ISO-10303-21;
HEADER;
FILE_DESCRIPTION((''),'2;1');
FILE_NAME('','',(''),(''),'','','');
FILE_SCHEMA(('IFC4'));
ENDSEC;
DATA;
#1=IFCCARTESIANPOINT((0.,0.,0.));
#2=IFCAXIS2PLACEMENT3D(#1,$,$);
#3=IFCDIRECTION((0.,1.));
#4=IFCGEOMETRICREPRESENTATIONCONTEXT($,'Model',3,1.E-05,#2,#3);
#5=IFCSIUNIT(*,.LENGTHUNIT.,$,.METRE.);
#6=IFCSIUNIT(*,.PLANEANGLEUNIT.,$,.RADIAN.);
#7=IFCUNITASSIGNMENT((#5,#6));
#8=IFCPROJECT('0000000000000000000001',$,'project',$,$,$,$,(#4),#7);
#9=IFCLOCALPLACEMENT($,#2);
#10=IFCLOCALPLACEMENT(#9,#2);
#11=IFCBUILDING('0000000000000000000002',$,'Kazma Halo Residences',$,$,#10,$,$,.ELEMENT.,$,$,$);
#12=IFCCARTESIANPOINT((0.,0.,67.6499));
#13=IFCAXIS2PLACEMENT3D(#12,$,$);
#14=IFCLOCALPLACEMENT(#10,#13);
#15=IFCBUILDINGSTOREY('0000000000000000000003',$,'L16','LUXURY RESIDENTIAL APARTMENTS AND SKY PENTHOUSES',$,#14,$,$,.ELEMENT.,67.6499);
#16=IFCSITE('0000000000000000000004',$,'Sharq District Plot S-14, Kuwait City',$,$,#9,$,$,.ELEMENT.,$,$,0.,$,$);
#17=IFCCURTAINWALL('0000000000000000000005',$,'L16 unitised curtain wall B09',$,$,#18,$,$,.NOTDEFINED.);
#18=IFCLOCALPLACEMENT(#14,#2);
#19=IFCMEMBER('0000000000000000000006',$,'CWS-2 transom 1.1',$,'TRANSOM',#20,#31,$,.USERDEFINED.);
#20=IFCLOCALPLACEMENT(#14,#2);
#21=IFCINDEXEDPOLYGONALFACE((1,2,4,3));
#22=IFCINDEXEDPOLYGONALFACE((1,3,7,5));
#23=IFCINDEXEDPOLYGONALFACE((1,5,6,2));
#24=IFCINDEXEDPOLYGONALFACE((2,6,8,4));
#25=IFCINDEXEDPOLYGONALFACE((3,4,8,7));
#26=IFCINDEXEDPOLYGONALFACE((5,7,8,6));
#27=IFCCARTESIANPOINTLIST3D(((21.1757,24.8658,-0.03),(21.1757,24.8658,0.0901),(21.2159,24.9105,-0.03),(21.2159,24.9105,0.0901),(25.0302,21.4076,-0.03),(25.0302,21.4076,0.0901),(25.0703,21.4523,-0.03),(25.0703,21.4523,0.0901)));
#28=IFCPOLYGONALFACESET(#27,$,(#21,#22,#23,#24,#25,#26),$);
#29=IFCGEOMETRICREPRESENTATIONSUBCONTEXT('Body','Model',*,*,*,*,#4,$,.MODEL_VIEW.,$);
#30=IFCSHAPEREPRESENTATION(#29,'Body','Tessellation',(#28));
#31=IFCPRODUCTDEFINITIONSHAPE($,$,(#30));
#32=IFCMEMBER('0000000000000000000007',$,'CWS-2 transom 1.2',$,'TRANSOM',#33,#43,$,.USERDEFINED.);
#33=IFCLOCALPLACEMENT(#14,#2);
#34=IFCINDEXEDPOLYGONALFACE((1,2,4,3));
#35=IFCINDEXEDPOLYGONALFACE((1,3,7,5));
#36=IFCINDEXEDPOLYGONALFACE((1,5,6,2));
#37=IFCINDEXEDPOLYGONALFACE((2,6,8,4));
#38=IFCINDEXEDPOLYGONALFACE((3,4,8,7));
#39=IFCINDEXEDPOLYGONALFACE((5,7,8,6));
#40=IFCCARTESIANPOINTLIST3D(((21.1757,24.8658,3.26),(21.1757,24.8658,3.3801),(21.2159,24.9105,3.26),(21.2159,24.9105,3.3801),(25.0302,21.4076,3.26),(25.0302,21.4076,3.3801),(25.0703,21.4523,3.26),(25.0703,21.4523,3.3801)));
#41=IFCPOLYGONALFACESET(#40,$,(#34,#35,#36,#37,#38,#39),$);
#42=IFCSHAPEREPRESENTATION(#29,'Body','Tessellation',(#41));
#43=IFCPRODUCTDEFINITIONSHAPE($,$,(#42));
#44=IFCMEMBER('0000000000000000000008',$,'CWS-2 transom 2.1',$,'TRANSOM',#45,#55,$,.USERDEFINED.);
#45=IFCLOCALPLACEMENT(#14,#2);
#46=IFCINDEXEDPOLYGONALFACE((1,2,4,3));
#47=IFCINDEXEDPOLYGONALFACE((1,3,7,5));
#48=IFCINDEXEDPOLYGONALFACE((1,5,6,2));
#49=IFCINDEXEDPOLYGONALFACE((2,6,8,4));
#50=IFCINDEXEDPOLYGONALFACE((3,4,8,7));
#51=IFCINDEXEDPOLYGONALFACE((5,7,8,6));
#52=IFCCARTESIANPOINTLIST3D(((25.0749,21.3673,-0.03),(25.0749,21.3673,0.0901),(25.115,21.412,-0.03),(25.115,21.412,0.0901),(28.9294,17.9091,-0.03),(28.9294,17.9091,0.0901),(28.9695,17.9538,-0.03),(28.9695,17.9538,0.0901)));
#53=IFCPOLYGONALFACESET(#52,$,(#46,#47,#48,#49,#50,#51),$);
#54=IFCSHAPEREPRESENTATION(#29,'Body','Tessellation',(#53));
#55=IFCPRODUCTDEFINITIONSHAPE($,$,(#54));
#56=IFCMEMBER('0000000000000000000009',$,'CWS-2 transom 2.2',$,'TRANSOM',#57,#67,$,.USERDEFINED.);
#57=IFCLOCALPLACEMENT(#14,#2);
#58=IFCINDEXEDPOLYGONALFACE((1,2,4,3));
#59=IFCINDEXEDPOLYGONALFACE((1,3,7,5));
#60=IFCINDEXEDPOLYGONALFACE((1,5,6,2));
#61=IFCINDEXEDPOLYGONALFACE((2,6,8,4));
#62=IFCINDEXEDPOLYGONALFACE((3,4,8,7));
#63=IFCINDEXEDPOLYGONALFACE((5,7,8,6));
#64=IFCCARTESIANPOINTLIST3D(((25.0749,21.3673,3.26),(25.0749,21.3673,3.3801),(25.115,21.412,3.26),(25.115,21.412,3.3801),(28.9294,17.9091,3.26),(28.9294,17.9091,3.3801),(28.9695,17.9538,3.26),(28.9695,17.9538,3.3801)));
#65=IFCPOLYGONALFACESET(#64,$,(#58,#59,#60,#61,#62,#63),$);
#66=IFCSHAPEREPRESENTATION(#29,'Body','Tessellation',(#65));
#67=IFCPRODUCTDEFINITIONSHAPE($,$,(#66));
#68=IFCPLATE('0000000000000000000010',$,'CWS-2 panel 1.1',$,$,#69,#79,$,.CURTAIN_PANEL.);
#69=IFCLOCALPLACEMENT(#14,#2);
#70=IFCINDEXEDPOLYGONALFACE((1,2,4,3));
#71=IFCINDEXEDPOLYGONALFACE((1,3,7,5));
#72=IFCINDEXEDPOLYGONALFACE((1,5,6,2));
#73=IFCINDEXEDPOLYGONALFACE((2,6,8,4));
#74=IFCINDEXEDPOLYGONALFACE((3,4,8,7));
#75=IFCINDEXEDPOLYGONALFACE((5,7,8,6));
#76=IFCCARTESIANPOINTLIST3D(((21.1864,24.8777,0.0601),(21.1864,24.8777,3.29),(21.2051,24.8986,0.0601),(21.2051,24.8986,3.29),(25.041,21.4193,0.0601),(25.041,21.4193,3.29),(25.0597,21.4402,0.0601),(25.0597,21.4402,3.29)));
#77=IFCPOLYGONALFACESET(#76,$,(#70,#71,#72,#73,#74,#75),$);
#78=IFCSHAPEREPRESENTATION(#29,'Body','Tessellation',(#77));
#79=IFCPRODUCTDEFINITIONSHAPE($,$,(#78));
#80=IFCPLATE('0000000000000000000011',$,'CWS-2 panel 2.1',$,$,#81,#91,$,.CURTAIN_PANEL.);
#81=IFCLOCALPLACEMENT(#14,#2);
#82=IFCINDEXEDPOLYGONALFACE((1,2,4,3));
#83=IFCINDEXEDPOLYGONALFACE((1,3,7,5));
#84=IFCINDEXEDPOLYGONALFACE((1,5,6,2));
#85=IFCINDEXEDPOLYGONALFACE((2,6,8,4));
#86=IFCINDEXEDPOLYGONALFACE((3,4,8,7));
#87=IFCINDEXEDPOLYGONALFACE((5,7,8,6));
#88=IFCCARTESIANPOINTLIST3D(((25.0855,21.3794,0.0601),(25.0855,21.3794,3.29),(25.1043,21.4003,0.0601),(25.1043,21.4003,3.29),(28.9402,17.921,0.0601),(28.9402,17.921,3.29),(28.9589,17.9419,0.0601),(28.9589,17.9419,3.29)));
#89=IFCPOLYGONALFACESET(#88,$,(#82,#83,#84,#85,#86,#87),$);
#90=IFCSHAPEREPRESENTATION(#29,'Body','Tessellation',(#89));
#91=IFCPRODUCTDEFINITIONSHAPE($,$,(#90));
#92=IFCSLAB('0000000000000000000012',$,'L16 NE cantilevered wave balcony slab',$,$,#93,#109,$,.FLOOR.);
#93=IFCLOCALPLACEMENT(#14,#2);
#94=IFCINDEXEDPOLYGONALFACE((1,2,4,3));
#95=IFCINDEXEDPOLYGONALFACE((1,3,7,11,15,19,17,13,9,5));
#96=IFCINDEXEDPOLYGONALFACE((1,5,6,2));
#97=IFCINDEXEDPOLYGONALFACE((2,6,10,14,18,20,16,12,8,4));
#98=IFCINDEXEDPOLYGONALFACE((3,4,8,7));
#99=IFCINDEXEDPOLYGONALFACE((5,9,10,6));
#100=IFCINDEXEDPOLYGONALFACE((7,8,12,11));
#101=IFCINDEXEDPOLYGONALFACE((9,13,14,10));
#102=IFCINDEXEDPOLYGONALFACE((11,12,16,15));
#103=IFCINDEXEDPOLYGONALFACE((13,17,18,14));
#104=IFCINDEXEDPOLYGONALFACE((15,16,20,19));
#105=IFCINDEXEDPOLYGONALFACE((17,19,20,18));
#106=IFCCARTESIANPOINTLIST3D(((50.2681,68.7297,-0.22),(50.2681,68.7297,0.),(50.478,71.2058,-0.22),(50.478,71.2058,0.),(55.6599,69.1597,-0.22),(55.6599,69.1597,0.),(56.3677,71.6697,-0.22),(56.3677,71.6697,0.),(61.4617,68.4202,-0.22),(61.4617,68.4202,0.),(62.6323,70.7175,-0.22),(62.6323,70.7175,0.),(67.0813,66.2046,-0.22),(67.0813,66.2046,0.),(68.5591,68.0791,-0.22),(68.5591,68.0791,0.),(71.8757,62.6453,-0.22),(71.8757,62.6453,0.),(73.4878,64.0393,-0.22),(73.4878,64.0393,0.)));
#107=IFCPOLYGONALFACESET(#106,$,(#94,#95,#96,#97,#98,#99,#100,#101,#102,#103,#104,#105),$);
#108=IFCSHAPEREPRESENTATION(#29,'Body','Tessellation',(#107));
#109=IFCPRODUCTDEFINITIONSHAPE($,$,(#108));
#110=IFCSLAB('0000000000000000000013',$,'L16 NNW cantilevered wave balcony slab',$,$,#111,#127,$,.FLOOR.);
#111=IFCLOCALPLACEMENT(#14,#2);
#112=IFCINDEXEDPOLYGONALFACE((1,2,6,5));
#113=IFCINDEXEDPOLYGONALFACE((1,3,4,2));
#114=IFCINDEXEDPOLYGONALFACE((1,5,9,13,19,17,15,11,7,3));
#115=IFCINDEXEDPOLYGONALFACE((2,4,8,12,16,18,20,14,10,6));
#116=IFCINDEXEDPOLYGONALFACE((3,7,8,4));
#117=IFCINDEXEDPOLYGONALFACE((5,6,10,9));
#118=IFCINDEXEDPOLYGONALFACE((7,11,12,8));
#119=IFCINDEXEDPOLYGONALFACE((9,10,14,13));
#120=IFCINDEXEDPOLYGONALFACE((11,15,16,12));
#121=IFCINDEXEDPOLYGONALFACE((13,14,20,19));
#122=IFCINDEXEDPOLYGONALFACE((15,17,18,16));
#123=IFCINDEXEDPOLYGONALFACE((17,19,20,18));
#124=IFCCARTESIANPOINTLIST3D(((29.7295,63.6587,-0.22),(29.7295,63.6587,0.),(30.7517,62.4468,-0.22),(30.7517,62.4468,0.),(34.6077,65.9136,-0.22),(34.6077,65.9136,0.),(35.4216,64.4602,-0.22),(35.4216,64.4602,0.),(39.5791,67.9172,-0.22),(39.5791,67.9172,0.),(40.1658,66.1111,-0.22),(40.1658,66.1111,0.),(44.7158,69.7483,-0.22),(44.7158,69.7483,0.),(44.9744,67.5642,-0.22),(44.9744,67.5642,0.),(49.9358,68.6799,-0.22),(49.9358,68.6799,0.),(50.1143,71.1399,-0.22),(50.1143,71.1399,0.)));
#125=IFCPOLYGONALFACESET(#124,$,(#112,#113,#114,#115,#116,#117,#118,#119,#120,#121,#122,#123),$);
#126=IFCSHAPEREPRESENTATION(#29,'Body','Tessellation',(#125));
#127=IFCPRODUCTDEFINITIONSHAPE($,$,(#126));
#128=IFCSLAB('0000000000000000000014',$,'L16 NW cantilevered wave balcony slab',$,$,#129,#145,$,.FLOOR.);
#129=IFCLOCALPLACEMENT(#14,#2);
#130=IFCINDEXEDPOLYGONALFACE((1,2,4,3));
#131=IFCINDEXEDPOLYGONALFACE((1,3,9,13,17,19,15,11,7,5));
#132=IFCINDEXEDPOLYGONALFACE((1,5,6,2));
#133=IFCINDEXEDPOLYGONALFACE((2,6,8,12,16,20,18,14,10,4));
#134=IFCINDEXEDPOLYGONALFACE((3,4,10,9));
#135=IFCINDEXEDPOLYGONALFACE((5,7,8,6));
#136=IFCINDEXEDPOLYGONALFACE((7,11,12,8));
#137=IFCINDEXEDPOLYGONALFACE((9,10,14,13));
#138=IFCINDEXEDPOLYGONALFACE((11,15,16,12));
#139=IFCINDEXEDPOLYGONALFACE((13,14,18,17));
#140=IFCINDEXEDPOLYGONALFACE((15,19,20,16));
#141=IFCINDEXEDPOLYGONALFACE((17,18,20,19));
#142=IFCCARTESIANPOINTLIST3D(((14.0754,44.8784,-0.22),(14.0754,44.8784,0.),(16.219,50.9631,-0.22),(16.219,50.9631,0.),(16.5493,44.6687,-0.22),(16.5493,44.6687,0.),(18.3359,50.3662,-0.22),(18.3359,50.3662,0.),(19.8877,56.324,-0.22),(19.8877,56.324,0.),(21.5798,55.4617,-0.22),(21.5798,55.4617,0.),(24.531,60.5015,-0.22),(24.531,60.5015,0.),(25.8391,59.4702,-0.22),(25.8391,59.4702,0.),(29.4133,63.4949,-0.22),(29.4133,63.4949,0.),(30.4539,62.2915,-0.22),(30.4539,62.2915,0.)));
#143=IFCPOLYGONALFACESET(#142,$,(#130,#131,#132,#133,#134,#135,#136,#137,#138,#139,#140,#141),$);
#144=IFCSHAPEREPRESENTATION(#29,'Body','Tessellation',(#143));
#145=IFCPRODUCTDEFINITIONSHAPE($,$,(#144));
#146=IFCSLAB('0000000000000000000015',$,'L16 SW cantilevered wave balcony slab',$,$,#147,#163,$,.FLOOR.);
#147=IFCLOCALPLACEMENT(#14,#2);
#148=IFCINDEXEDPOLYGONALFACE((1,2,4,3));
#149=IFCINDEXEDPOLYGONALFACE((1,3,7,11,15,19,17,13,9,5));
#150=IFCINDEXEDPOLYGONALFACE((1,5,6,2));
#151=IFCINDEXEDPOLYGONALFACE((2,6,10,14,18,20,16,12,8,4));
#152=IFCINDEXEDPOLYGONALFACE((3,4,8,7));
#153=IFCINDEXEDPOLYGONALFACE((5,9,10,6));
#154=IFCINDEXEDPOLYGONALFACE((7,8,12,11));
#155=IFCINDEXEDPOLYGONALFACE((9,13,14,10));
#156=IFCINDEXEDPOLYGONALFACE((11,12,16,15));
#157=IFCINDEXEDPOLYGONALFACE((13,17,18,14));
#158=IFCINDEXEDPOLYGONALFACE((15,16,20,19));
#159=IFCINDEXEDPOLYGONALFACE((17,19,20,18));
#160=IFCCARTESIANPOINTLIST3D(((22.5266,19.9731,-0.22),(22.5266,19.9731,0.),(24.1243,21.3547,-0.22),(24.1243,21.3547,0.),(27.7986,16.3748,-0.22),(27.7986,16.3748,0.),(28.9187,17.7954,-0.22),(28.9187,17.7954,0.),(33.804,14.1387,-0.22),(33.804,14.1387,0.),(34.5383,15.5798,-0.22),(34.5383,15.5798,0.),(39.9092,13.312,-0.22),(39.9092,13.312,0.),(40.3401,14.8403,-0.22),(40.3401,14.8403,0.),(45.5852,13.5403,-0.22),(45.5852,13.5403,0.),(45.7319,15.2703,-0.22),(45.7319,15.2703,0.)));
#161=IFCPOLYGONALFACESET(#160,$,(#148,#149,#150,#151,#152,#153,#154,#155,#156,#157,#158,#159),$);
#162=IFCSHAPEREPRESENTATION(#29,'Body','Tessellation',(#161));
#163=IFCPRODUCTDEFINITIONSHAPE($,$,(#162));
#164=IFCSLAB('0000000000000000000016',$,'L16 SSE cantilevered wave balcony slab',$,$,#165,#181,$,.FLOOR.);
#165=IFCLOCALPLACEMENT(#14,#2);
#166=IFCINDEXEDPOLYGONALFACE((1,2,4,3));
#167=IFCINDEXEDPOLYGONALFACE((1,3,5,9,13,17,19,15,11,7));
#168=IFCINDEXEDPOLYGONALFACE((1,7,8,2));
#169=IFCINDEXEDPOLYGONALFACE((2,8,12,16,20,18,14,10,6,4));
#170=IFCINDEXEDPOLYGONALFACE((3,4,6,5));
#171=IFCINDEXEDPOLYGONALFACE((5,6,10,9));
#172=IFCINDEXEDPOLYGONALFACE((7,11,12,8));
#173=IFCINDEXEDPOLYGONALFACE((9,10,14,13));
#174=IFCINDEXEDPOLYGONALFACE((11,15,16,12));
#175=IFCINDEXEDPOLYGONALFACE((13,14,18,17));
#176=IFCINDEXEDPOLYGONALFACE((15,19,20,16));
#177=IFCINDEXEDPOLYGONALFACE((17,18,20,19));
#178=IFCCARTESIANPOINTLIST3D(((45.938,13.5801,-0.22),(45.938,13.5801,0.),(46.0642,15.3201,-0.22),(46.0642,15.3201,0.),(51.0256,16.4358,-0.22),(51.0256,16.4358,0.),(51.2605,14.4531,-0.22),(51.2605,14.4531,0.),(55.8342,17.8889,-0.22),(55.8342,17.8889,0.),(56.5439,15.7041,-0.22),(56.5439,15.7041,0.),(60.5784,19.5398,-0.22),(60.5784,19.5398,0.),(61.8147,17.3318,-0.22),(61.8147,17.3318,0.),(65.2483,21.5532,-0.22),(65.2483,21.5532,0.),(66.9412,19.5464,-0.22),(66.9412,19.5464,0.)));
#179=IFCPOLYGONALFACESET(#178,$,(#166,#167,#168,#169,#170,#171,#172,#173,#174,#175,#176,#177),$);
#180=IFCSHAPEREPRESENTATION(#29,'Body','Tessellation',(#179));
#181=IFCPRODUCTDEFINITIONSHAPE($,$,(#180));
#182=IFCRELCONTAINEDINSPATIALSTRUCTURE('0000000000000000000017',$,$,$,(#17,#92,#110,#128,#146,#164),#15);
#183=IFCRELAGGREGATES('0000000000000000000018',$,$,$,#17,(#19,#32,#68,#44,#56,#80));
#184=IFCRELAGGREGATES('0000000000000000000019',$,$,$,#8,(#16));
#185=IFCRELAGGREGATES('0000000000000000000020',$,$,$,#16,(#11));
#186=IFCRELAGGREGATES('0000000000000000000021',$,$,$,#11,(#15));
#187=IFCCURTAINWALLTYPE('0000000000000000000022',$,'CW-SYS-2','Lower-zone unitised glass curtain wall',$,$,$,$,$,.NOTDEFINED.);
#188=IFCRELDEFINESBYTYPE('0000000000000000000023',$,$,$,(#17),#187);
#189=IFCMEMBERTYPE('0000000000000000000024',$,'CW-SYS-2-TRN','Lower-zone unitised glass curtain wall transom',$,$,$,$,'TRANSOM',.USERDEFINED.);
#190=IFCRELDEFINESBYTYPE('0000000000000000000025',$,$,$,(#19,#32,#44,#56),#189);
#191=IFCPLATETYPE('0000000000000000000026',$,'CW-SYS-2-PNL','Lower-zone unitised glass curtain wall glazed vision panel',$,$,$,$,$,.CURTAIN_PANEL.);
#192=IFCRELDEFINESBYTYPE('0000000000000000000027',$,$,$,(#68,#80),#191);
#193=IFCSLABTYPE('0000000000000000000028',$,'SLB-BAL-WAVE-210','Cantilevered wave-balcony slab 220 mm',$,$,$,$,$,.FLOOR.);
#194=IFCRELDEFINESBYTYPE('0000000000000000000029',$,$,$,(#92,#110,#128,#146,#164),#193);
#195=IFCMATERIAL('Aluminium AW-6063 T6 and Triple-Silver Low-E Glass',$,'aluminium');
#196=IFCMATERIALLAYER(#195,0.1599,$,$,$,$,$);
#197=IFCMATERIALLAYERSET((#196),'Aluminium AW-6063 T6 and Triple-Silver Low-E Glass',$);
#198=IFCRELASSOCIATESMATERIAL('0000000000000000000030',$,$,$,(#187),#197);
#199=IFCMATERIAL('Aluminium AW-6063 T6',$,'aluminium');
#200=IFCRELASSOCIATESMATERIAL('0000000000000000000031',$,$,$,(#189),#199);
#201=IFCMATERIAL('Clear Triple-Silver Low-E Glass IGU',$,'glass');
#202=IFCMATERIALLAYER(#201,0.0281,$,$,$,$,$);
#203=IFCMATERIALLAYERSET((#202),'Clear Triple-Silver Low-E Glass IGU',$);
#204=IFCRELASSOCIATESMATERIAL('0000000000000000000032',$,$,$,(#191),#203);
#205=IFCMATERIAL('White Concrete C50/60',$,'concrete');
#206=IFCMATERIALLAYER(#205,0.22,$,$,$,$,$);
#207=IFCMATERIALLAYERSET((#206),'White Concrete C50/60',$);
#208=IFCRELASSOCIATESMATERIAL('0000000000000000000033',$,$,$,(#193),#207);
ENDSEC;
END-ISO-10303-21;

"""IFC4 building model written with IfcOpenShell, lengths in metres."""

from ifc_helpers import new_model, si_unit, direction, frame, origin, origin_2d, place, context, subcontext, project, spatial, polyline, rectangle, outline, extrude, material, layer, layer_set, material_profile, profile_set, type_object, element, aggregate, save


model = new_model("IFC4")

# Units and contexts
model_context = context("Model", 3, precision=1e-05, world=origin(), true_north=direction((0.0, 1.0)))
body_context = subcontext(model_context, "Body", "Model", "MODEL_VIEW")
ifc_project = project(units=[si_unit("LENGTHUNIT", "METRE"), si_unit("PLANEANGLEUNIT", "RADIAN")], contexts=[model_context])

# Site, building, storey
site_placement = place(None, origin())
site = spatial("IfcSite", under=ifc_project, at=site_placement, Name="Sharq District Plot S-14, Kuwait City", CompositionType="ELEMENT", RefElevation=0.0)
building_placement = place(site_placement, origin())
building = spatial("IfcBuilding", under=site, at=building_placement, Name="Kazma Halo Residences", CompositionType="ELEMENT")
storey_placement = place(building_placement, frame((0.0, 0.0, 67.6499)))
storey = spatial("IfcBuildingStorey", under=building, at=storey_placement, Name="L16", Description="LUXURY RESIDENTIAL APARTMENTS AND SKY PENTHOUSES", CompositionType="ELEMENT", Elevation=67.6499)

# Curtain wall, members, plates
ifc_material_1 = material(Name="Aluminium AW-6063 T6 and Triple-Silver Low-E Glass", Category="aluminium")
ifc_layer_1 = layer(ifc_material_1, 0.1599)
ifc_layer_set_1 = layer_set([ifc_layer_1], Name="Aluminium AW-6063 T6 and Triple-Silver Low-E Glass")
curtain_wall_type = type_object("IfcCurtainWallType", Name="CW-SYS-2", Description="Lower-zone unitised glass curtain wall", PredefinedType="NOTDEFINED", material=ifc_layer_set_1)
curtain_wall_placement = place(storey_placement, origin())
curtain_wall = element("IfcCurtainWall", 1, at=curtain_wall_placement, inside=storey, type_object=curtain_wall_type, Name="L16 unitised curtain wall B09", PredefinedType="NOTDEFINED")
ifc_material_2 = material(Name="Aluminium AW-6063 T6", Category="aluminium")
ifc_material_profile_1 = material_profile(ifc_material_2, rectangle(XDim=0.0601, YDim=0.1201, at=origin_2d()), Name="CWT-60x120")
ifc_profile_set_1 = profile_set([ifc_material_profile_1], Name="Aluminium AW-6063 T6")
member_type_1 = type_object("IfcMemberType", Name="CW-SYS-2-TRN", Description="Lower-zone unitised glass curtain wall transom", ElementType="TRANSOM", PredefinedType="USERDEFINED", material=ifc_profile_set_1)
member_1_placement = place(storey_placement, frame((21.1958, 24.8882, 0.03), z_axis=(0.744329, -0.667813, 0.0), x_axis=(0.667813, 0.744329, 0.0)))
member_1 = element("IfcMember", 2, at=member_1_placement, type_object=member_type_1, Name="CWS-2 transom 1.1", ObjectType="TRANSOM", PredefinedType="USERDEFINED", context=body_context, shape_type="SweptSolid", body=[
    extrude(rectangle(XDim=0.0601, YDim=0.1201, at=origin_2d()), origin(), (0.0, 0.0, 1.0), 5.1785),
])
member_2_placement = place(storey_placement, frame((21.1958, 24.8882, 3.3201), z_axis=(0.744329, -0.667813, 0.0), x_axis=(0.667813, 0.744329, 0.0)))
member_2 = element("IfcMember", 3, at=member_2_placement, type_object=member_type_1, Name="CWS-2 transom 1.2", ObjectType="TRANSOM", PredefinedType="USERDEFINED", context=body_context, shape_type="SweptSolid", body=[
    extrude(rectangle(XDim=0.0601, YDim=0.1201, at=origin_2d()), origin(), (0.0, 0.0, 1.0), 5.1785),
])
member_3_placement = place(storey_placement, frame((25.095, 21.3896, 0.03), z_axis=(0.744329, -0.667813, 0.0), x_axis=(0.667813, 0.744329, 0.0)))
member_3 = element("IfcMember", 4, at=member_3_placement, type_object=member_type_1, Name="CWS-2 transom 2.1", ObjectType="TRANSOM", PredefinedType="USERDEFINED", context=body_context, shape_type="SweptSolid", body=[
    extrude(rectangle(XDim=0.0601, YDim=0.1201, at=origin_2d()), origin(), (0.0, 0.0, 1.0), 5.1785),
])
member_4_placement = place(storey_placement, frame((25.095, 21.3896, 3.3201), z_axis=(0.744329, -0.667813, 0.0), x_axis=(0.667813, 0.744329, 0.0)))
member_4 = element("IfcMember", 5, at=member_4_placement, type_object=member_type_1, Name="CWS-2 transom 2.2", ObjectType="TRANSOM", PredefinedType="USERDEFINED", context=body_context, shape_type="SweptSolid", body=[
    extrude(rectangle(XDim=0.0601, YDim=0.1201, at=origin_2d()), origin(), (0.0, 0.0, 1.0), 5.1785),
])
ifc_material_3 = material(Name="Clear Triple-Silver Low-E Glass IGU", Category="glass")
ifc_layer_2 = layer(ifc_material_3, 0.0281)
ifc_layer_set_2 = layer_set([ifc_layer_2], Name="Clear Triple-Silver Low-E Glass IGU")
plate_type = type_object("IfcPlateType", Name="CW-SYS-2-PNL", Description="Lower-zone unitised glass curtain wall glazed vision panel", PredefinedType="CURTAIN_PANEL", material=ifc_layer_set_2)
plate_1_placement = place(storey_placement, frame((23.123, 23.1589, 0.0601), z_axis=(0.0, 0.0, 1.0), x_axis=(0.744322, -0.667821, 0.0)))
plate_1 = element("IfcPlate", 6, at=plate_1_placement, type_object=plate_type, Name="CWS-2 panel 1.1", PredefinedType="CURTAIN_PANEL", context=body_context, shape_type="SweptSolid", body=[
    extrude(rectangle(XDim=5.1787, YDim=0.0281, at=origin_2d()), origin(), (0.0, 0.0, 1.0), 3.23),
])
plate_2_placement = place(storey_placement, frame((27.0222, 19.6606, 0.0601), z_axis=(0.0, 0.0, 1.0), x_axis=(0.744322, -0.667821, 0.0)))
plate_2 = element("IfcPlate", 7, at=plate_2_placement, type_object=plate_type, Name="CWS-2 panel 2.1", PredefinedType="CURTAIN_PANEL", context=body_context, shape_type="SweptSolid", body=[
    extrude(rectangle(XDim=5.1787, YDim=0.0281, at=origin_2d()), origin(), (0.0, 0.0, 1.0), 3.23),
])
aggregate(curtain_wall, [member_1, member_2, plate_1, member_3, member_4, plate_2])

# Slabs
ifc_material_4 = material(Name="White Concrete C50/60", Category="concrete")
ifc_layer_3 = layer(ifc_material_4, 0.22)
ifc_layer_set_3 = layer_set([ifc_layer_3], Name="White Concrete C50/60")
slab_type_1 = type_object("IfcSlabType", Name="SLB-BAL-WAVE-210", Description="Cantilevered wave-balcony slab 220 mm", PredefinedType="FLOOR", material=ifc_layer_set_3)
slab_1_placement = place(storey_placement, frame((0.0, 0.0, -0.22)))
element("IfcSlab", 8, at=slab_1_placement, inside=storey, type_object=slab_type_1, Name="L16 NE cantilevered wave balcony slab", PredefinedType="FLOOR", context=body_context, shape_type="SweptSolid", body=[
    extrude(outline(polyline([(71.8757, 62.6453), (67.0813, 66.2046), (61.4617, 68.4202), (55.6599, 69.1597), (50.2681, 68.7297), (50.478, 71.2058), (56.3677, 71.6697), (62.6323, 70.7175), (68.5591, 68.0791), (73.4878, 64.0393), (71.8757, 62.6453)])), origin(), (0.0, 0.0, 1.0), 0.22),
])
slab_2_placement = place(storey_placement, frame((0.0, 0.0, -0.22)))
element("IfcSlab", 9, at=slab_2_placement, inside=storey, type_object=slab_type_1, Name="L16 NNW cantilevered wave balcony slab", PredefinedType="FLOOR", context=body_context, shape_type="SweptSolid", body=[
    extrude(outline(polyline([(49.9358, 68.6799), (44.9744, 67.5642), (40.1658, 66.1111), (35.4216, 64.4602), (30.7517, 62.4468), (29.7295, 63.6587), (34.6077, 65.9136), (39.5791, 67.9172), (44.7158, 69.7483), (50.1143, 71.1399), (49.9358, 68.6799)])), origin(), (0.0, 0.0, 1.0), 0.22),
])
slab_3_placement = place(storey_placement, frame((0.0, 0.0, -0.22)))
element("IfcSlab", 10, at=slab_3_placement, inside=storey, type_object=slab_type_1, Name="L16 NW cantilevered wave balcony slab", PredefinedType="FLOOR", context=body_context, shape_type="SweptSolid", body=[
    extrude(outline(polyline([(30.4539, 62.2915), (25.8391, 59.4702), (21.5798, 55.4617), (18.3359, 50.3662), (16.5493, 44.6687), (14.0754, 44.8784), (16.219, 50.9631), (19.8877, 56.324), (24.531, 60.5015), (29.4133, 63.4949), (30.4539, 62.2915)])), origin(), (0.0, 0.0, 1.0), 0.22),
])
slab_4_placement = place(storey_placement, frame((0.0, 0.0, -0.22)))
element("IfcSlab", 11, at=slab_4_placement, inside=storey, type_object=slab_type_1, Name="L16 SW cantilevered wave balcony slab", PredefinedType="FLOOR", context=body_context, shape_type="SweptSolid", body=[
    extrude(outline(polyline([(24.1243, 21.3547), (28.9187, 17.7954), (34.5383, 15.5798), (40.3401, 14.8403), (45.7319, 15.2703), (45.5852, 13.5403), (39.9092, 13.312), (33.804, 14.1387), (27.7986, 16.3748), (22.5266, 19.9731), (24.1243, 21.3547)])), origin(), (0.0, 0.0, 1.0), 0.22),
])
slab_5_placement = place(storey_placement, frame((0.0, 0.0, -0.22)))
element("IfcSlab", 12, at=slab_5_placement, inside=storey, type_object=slab_type_1, Name="L16 SSE cantilevered wave balcony slab", PredefinedType="FLOOR", context=body_context, shape_type="SweptSolid", body=[
    extrude(outline(polyline([(46.0642, 15.3201), (51.0256, 16.4358), (55.8342, 17.8889), (60.5784, 19.5398), (65.2483, 21.5532), (66.9412, 19.5464), (61.8147, 17.3318), (56.5439, 15.7041), (51.2605, 14.4531), (45.938, 13.5801), (46.0642, 15.3201)])), origin(), (0.0, 0.0, 1.0), 0.22),
])

save(model, "model.ifc")
